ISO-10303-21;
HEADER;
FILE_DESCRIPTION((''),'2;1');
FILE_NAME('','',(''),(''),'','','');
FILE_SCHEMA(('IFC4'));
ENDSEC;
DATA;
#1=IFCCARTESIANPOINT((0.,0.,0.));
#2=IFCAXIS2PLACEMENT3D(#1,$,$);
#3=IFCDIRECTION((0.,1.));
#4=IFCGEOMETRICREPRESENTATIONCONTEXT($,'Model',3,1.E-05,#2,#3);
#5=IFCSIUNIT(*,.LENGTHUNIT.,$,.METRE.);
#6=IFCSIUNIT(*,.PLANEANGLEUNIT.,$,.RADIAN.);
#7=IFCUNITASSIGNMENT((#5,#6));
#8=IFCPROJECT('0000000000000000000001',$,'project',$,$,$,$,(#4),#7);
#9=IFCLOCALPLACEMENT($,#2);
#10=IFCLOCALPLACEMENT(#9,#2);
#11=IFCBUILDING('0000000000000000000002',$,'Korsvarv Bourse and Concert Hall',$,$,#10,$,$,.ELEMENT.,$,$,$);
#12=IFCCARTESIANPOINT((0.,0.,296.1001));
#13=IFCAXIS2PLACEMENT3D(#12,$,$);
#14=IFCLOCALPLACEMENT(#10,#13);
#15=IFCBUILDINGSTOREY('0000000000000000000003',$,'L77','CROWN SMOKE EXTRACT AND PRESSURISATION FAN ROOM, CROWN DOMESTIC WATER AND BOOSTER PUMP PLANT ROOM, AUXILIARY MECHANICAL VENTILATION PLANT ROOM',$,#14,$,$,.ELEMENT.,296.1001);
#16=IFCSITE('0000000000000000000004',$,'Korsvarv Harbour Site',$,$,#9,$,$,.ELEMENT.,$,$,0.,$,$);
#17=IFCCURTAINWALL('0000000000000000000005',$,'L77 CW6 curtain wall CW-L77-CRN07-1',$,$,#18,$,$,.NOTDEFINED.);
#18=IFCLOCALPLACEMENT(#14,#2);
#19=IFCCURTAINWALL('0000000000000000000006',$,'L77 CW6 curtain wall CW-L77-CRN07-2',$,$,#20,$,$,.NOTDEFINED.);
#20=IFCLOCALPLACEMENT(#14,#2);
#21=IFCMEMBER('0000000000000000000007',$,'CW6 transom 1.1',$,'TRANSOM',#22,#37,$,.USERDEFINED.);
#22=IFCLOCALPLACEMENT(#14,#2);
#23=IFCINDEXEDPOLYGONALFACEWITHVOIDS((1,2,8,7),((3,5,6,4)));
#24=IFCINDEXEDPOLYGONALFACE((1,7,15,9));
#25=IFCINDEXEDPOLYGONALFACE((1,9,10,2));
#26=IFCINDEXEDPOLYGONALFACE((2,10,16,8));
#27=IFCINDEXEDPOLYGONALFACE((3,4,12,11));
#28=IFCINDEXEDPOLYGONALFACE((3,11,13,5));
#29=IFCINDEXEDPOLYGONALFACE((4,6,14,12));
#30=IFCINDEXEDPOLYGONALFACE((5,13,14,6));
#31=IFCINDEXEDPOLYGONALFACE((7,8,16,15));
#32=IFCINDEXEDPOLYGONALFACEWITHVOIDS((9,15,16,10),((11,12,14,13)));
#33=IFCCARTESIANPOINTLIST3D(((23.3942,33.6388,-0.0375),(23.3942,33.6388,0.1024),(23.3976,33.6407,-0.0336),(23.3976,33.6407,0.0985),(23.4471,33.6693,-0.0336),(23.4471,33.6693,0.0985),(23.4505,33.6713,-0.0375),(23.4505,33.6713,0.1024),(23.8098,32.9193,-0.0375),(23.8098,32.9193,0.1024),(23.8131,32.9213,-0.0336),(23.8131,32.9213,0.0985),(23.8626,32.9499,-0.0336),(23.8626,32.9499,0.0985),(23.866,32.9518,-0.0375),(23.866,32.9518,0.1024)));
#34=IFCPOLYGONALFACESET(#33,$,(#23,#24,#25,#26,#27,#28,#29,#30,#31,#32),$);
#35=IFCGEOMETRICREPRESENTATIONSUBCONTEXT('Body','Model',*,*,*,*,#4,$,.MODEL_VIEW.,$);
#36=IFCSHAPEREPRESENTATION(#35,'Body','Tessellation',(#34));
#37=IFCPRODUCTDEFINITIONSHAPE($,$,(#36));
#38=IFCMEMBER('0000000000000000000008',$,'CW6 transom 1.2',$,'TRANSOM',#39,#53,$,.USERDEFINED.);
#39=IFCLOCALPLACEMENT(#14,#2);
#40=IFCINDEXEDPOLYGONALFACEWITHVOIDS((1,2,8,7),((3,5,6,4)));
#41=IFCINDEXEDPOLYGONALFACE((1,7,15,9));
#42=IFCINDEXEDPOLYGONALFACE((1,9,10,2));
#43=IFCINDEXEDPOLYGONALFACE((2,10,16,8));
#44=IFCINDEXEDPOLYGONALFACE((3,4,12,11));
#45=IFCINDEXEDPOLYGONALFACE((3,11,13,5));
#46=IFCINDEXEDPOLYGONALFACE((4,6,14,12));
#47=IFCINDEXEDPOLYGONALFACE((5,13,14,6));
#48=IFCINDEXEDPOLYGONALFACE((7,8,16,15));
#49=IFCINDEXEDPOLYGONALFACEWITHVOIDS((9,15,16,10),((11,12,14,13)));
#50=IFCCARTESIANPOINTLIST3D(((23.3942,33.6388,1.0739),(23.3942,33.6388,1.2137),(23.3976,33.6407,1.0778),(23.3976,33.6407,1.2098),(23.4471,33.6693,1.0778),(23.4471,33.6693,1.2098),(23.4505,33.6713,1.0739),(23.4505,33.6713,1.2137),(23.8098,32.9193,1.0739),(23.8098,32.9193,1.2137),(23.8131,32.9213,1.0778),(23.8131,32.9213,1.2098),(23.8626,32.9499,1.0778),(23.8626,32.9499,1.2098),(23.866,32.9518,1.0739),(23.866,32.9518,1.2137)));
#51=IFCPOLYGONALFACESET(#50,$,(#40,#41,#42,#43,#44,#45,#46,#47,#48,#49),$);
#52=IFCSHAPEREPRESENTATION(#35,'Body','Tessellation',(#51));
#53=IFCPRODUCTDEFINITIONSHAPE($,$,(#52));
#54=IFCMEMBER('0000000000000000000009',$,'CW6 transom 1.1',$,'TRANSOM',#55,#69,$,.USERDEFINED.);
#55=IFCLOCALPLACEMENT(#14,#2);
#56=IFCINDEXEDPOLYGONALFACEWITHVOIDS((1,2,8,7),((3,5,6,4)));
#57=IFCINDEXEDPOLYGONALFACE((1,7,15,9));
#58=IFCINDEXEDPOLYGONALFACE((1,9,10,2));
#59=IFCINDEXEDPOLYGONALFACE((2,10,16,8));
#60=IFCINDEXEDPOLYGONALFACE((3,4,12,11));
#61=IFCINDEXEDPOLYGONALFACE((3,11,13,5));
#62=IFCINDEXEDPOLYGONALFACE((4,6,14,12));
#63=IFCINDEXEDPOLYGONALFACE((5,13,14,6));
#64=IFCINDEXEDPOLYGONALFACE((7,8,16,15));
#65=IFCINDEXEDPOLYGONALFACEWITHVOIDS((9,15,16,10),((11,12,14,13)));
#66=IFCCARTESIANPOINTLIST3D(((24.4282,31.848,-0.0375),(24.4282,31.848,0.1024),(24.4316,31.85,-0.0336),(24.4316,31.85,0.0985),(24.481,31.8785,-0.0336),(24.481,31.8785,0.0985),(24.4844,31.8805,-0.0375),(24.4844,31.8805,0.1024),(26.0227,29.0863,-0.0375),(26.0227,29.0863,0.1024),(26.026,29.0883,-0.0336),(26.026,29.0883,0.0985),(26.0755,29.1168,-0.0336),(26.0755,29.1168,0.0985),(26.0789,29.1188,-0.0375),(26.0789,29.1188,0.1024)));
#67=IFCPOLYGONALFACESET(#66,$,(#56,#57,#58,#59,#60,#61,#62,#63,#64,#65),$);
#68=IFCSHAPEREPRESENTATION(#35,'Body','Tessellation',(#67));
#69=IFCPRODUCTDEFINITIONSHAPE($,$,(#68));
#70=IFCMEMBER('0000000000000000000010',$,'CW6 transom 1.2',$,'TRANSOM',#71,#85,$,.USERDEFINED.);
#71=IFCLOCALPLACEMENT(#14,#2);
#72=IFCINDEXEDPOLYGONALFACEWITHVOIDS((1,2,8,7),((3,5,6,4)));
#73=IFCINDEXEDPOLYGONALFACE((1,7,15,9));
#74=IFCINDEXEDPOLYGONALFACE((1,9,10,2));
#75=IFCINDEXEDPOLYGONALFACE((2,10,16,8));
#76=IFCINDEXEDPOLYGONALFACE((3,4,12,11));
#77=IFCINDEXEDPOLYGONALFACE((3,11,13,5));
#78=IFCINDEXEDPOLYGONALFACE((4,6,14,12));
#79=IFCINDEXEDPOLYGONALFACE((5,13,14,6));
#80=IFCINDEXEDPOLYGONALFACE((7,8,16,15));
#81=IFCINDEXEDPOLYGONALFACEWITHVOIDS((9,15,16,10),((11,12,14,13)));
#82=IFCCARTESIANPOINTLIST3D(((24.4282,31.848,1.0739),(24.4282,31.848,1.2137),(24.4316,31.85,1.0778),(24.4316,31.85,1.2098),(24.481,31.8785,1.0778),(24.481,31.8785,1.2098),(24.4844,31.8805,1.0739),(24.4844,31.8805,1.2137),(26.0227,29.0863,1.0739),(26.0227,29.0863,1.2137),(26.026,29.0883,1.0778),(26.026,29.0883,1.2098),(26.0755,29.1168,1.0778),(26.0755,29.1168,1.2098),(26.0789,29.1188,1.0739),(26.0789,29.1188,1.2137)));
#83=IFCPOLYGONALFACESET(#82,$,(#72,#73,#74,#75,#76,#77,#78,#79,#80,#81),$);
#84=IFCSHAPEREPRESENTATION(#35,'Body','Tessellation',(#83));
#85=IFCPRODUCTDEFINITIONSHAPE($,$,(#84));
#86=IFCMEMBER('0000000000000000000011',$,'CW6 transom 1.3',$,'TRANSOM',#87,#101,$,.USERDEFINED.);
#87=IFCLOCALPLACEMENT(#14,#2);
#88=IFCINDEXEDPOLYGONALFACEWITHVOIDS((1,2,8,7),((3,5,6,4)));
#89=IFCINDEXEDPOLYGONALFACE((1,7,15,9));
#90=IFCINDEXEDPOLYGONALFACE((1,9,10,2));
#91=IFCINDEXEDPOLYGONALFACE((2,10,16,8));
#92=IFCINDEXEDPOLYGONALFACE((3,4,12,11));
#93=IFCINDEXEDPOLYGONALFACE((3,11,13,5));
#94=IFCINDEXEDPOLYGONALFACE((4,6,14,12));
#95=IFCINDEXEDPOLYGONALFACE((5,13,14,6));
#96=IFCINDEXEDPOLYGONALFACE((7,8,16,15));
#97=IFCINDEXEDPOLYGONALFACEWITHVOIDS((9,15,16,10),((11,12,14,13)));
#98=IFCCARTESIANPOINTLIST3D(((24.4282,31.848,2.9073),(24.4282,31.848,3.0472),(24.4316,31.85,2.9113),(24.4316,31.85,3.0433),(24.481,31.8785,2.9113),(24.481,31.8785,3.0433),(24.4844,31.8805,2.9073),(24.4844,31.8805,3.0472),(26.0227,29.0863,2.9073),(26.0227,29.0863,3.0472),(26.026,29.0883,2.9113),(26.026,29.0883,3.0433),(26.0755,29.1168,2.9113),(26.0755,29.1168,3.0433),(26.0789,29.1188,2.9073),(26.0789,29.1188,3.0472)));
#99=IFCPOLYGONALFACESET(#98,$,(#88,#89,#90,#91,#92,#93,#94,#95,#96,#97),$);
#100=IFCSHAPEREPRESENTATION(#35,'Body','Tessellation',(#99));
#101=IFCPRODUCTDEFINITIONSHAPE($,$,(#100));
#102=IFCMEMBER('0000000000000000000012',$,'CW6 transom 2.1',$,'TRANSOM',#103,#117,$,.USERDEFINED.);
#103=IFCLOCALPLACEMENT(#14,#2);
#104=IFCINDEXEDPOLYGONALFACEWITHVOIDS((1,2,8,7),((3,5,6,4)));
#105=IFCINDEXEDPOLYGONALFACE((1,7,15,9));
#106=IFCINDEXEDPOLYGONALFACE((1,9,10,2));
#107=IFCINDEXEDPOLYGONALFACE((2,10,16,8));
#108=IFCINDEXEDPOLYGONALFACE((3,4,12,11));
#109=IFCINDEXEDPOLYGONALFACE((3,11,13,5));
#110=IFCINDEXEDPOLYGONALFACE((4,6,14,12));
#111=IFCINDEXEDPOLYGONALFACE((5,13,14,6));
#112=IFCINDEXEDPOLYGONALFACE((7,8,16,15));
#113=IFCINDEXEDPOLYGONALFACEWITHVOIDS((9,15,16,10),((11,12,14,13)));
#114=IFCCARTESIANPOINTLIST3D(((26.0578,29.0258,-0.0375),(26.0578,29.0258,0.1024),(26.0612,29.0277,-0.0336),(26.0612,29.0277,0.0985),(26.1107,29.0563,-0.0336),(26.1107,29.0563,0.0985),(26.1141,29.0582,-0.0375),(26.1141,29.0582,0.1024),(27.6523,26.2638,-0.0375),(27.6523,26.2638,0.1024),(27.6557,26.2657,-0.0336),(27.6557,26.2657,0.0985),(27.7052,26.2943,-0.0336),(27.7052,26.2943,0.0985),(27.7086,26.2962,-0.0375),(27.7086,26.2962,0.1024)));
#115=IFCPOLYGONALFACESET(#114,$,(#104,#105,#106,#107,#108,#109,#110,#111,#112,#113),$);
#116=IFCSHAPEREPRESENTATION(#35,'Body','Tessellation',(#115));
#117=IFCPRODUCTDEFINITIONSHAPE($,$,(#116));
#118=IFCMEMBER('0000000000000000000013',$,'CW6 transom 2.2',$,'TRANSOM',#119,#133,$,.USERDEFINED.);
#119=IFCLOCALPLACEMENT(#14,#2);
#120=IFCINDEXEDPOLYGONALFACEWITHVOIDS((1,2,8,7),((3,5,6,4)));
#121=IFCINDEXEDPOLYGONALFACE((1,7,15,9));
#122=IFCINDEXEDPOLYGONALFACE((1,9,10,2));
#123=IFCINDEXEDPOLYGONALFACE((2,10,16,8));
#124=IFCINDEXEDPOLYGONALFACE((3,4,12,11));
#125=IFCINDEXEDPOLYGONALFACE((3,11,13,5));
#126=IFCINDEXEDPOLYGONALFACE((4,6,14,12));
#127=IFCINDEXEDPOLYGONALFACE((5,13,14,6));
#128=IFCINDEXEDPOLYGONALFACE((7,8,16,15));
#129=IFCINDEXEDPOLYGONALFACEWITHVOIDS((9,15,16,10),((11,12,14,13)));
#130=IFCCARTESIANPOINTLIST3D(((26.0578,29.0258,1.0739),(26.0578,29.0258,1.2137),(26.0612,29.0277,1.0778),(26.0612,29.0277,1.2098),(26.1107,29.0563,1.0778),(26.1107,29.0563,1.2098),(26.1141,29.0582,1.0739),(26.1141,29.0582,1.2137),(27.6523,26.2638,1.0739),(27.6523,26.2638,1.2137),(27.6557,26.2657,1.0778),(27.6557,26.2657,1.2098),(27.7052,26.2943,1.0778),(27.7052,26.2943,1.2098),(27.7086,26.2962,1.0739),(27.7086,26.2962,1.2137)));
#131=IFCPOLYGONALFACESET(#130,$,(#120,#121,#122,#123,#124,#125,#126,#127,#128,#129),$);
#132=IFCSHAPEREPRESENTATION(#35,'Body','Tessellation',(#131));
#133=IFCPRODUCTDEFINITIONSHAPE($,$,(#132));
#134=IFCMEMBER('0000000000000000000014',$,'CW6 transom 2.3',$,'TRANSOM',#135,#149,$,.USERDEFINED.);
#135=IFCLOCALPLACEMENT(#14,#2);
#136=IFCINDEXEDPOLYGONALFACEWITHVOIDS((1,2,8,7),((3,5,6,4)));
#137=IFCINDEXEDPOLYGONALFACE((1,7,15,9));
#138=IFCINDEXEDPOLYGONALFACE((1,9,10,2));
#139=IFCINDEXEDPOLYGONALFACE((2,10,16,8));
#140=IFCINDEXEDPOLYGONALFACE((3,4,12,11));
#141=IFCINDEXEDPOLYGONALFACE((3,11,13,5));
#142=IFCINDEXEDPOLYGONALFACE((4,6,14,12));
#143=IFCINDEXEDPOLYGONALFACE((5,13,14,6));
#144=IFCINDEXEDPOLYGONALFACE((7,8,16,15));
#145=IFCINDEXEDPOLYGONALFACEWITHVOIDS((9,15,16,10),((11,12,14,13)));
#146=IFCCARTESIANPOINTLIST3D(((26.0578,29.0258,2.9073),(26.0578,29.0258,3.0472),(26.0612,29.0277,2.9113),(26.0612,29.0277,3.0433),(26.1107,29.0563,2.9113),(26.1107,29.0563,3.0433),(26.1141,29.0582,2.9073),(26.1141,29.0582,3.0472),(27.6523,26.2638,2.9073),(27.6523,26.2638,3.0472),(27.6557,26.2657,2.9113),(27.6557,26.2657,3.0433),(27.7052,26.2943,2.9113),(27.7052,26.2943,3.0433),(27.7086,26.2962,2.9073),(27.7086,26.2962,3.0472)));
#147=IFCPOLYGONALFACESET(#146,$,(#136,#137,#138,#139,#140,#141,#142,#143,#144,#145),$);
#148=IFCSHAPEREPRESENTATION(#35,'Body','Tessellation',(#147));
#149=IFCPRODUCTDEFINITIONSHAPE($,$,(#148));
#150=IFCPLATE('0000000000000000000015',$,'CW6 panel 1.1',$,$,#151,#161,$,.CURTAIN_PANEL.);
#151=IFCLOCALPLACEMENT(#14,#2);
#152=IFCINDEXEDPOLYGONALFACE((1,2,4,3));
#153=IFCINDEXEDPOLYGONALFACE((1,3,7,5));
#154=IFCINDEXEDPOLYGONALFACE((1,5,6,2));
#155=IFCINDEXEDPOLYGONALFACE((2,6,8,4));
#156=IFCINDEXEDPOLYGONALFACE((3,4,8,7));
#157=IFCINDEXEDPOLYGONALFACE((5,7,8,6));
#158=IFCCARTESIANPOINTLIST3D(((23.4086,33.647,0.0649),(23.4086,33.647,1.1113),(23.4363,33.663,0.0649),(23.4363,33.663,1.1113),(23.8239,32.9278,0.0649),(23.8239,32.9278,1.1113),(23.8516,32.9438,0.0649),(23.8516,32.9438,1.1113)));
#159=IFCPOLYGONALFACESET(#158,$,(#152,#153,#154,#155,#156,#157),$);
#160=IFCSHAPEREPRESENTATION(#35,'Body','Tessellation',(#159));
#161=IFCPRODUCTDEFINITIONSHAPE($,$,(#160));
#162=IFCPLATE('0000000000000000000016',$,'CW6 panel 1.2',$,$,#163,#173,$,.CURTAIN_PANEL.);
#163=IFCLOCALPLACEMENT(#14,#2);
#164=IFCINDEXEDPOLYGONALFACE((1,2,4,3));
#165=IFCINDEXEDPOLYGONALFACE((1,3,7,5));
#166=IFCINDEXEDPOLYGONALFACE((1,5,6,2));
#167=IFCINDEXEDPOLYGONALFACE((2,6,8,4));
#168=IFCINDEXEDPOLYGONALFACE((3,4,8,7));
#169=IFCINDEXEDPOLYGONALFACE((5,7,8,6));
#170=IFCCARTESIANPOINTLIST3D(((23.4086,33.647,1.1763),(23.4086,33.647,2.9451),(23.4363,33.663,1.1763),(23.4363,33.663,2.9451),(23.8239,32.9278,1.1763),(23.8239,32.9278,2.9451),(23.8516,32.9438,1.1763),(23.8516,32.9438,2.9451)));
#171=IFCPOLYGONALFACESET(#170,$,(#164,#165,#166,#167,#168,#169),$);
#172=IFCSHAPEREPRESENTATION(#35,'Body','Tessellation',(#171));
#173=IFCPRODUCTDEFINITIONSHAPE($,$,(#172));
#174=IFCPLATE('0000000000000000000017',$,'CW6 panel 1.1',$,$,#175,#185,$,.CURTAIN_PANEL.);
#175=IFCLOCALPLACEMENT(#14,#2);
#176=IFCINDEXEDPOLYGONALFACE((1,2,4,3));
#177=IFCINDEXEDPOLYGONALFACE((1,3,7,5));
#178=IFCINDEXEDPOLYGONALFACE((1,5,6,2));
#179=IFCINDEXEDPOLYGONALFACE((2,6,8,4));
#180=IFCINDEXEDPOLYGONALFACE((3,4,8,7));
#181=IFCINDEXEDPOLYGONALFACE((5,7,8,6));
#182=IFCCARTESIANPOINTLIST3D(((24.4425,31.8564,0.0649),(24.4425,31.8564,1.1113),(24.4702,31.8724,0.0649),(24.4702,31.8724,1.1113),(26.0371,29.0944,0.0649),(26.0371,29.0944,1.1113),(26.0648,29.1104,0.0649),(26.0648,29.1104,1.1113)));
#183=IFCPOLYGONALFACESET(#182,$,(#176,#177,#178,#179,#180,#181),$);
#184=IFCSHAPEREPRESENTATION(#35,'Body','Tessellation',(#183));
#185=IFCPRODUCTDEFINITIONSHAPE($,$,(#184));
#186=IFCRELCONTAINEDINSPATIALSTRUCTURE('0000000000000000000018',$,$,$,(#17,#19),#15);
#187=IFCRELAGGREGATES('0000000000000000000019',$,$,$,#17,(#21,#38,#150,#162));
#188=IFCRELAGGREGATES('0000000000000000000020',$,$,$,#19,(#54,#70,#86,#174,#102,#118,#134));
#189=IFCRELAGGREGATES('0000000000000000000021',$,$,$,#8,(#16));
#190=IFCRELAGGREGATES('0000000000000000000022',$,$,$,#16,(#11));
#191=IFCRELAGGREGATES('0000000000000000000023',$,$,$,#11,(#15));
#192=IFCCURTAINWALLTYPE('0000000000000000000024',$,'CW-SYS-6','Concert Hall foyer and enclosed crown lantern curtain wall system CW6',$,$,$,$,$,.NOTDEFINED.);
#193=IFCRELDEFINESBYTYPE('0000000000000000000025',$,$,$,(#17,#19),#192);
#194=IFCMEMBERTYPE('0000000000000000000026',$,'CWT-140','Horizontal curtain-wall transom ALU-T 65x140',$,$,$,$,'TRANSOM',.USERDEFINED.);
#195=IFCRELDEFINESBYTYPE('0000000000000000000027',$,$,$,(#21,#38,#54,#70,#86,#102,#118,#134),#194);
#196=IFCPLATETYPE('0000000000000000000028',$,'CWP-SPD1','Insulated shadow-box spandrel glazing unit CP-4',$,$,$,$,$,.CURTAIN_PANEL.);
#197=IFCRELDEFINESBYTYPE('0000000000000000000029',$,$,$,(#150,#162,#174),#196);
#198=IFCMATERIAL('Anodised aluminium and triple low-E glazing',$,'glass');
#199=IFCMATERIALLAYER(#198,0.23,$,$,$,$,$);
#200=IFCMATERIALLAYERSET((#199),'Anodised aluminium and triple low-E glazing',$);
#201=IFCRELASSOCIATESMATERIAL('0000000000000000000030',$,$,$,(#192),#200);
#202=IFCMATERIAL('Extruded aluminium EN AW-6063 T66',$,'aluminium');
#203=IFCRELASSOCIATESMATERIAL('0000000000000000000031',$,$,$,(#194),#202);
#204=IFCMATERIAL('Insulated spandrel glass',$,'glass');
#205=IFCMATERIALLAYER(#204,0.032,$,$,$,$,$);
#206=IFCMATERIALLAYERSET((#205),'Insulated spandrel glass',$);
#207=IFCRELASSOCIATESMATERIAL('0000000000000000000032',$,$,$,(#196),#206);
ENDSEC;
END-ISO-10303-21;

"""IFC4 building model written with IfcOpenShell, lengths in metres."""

from ifc_helpers import new_model, si_unit, direction, frame, origin, origin_2d, place, context, subcontext, project, spatial, rectangle, hollow_rectangle, extrude, source, transform, mapped, material, layer, layer_set, material_profile, profile_set, type_object, element, aggregate, save


model = new_model("IFC4")

# Units and contexts
model_context = context("Model", 3, precision=1e-05, world=origin(), true_north=direction((0.0, 1.0)))
body_context = subcontext(model_context, "Body", "Model", "MODEL_VIEW")
ifc_project = project(units=[si_unit("LENGTHUNIT", "METRE"), si_unit("PLANEANGLEUNIT", "RADIAN")], contexts=[model_context])

# Site, building, storey
site_placement = place(None, origin())
site = spatial("IfcSite", under=ifc_project, at=site_placement, Name="Korsvarv Harbour Site", CompositionType="ELEMENT", RefElevation=0.0)
building_placement = place(site_placement, origin())
building = spatial("IfcBuilding", under=site, at=building_placement, Name="Korsvarv Bourse and Concert Hall", CompositionType="ELEMENT")
storey_placement = place(building_placement, frame((0.0, 0.0, 296.1001)))
storey = spatial("IfcBuildingStorey", under=building, at=storey_placement, Name="L77", Description="CROWN SMOKE EXTRACT AND PRESSURISATION FAN ROOM, CROWN DOMESTIC WATER AND BOOSTER PUMP PLANT ROOM, AUXILIARY MECHANICAL VENTILATION PLANT ROOM", CompositionType="ELEMENT", Elevation=296.1001)

# Curtain wall
ifc_material_1 = material(Name="Anodised aluminium and triple low-E glazing", Category="glass")
ifc_layer_1 = layer(ifc_material_1, 0.23)
ifc_layer_set_1 = layer_set([ifc_layer_1], Name="Anodised aluminium and triple low-E glazing")
curtain_wall_type = type_object("IfcCurtainWallType", Name="CW-SYS-6", Description="Concert Hall foyer and enclosed crown lantern curtain wall system CW6", PredefinedType="NOTDEFINED", material=ifc_layer_set_1)
curtain_wall_1_placement = place(storey_placement, origin())
curtain_wall_1 = element("IfcCurtainWall", 1, at=curtain_wall_1_placement, inside=storey, type_object=curtain_wall_type, Name="L77 CW6 curtain wall CW-L77-CRN07-1", PredefinedType="NOTDEFINED")
ifc_material_2 = material(Name="Extruded aluminium EN AW-6063 T66", Category="aluminium")

# Curtain wall
curtain_wall_2_placement = place(storey_placement, origin())
curtain_wall_2 = element("IfcCurtainWall", 2, at=curtain_wall_2_placement, inside=storey, type_object=curtain_wall_type, Name="L77 CW6 curtain wall CW-L77-CRN07-2", PredefinedType="NOTDEFINED")

# Members
ifc_material_profile_1 = material_profile(ifc_material_2, hollow_rectangle(XDim=0.0649, YDim=0.1399, WallThickness=0.0039, at=origin_2d()), Name="ALU-T 65x140")
ifc_profile_set_1 = profile_set([ifc_material_profile_1], Name="Extruded aluminium EN AW-6063 T66")
member_type_1 = type_object("IfcMemberType", Name="CWT-140", Description="Horizontal curtain-wall transom ALU-T 65x140", ElementType="TRANSOM", PredefinedType="USERDEFINED", material=ifc_profile_set_1)
shared_shape_1 = source(origin(), body_context, "Body", "SweptSolid", [
    extrude(hollow_rectangle(XDim=0.0649, YDim=0.1399, WallThickness=0.0039, at=origin_2d()), origin(), (0.0, 0.0, 1.0), 0.8308),
])
member_1_placement = place(storey_placement, frame((23.4224, 33.655, 0.0325), z_axis=(0.500121, -0.865956, 0.0), x_axis=(0.865956, 0.500121, 0.0)))
member_1 = element("IfcMember", 3, at=member_1_placement, type_object=member_type_1, Name="CW6 transom 1.1", ObjectType="TRANSOM", PredefinedType="USERDEFINED", context=body_context, shape_type="MappedRepresentation", body=[
    mapped(shared_shape_1, transform((0.0, 0.0, 0.0), scale=1.0)),
])
member_2_placement = place(storey_placement, frame((23.4224, 33.655, 1.1438), z_axis=(0.500121, -0.865956, 0.0), x_axis=(0.865956, 0.500121, 0.0)))
member_2 = element("IfcMember", 4, at=member_2_placement, type_object=member_type_1, Name="CW6 transom 1.2", ObjectType="TRANSOM", PredefinedType="USERDEFINED", context=body_context, shape_type="MappedRepresentation", body=[
    mapped(shared_shape_1, transform((0.0, 0.0, 0.0), scale=1.0)),
])
shared_shape_2 = source(origin(), body_context, "Body", "SweptSolid", [
    extrude(hollow_rectangle(XDim=0.0649, YDim=0.1399, WallThickness=0.0039, at=origin_2d()), origin(), (0.0, 0.0, 1.0), 3.189),
])
member_3_placement = place(storey_placement, frame((24.4563, 31.8643, 0.0325), z_axis=(0.500001, -0.866025, 0.0), x_axis=(0.866025, 0.500001, 0.0)))
member_3 = element("IfcMember", 5, at=member_3_placement, type_object=member_type_1, Name="CW6 transom 1.1", ObjectType="TRANSOM", PredefinedType="USERDEFINED", context=body_context, shape_type="MappedRepresentation", body=[
    mapped(shared_shape_2, transform((0.0, 0.0, 0.0), scale=1.0)),
])
member_4_placement = place(storey_placement, frame((24.4563, 31.8643, 1.1438), z_axis=(0.500001, -0.866025, 0.0), x_axis=(0.866025, 0.500001, 0.0)))
member_4 = element("IfcMember", 6, at=member_4_placement, type_object=member_type_1, Name="CW6 transom 1.2", ObjectType="TRANSOM", PredefinedType="USERDEFINED", context=body_context, shape_type="MappedRepresentation", body=[
    mapped(shared_shape_2, transform((0.0, 0.0, 0.0), scale=1.0)),
])
member_5_placement = place(storey_placement, frame((24.4563, 31.8643, 2.9773), z_axis=(0.500001, -0.866025, 0.0), x_axis=(0.866025, 0.500001, 0.0)))
member_5 = element("IfcMember", 7, at=member_5_placement, type_object=member_type_1, Name="CW6 transom 1.3", ObjectType="TRANSOM", PredefinedType="USERDEFINED", context=body_context, shape_type="MappedRepresentation", body=[
    mapped(shared_shape_2, transform((0.0, 0.0, 0.0), scale=1.0)),
])
shared_shape_3 = source(origin(), body_context, "Body", "SweptSolid", [
    extrude(hollow_rectangle(XDim=0.0649, YDim=0.1399, WallThickness=0.0039, at=origin_2d()), origin(), (0.0, 0.0, 1.0), 3.1892),
])
member_6_placement = place(storey_placement, frame((26.0859, 29.042, 0.0325), z_axis=(0.499968, -0.866044, 0.0), x_axis=(0.866044, 0.499968, 0.0)))
member_6 = element("IfcMember", 8, at=member_6_placement, type_object=member_type_1, Name="CW6 transom 2.1", ObjectType="TRANSOM", PredefinedType="USERDEFINED", context=body_context, shape_type="MappedRepresentation", body=[
    mapped(shared_shape_3, transform((0.0, 0.0, 0.0), scale=1.0)),
])
member_7_placement = place(storey_placement, frame((26.0859, 29.042, 1.1438), z_axis=(0.499968, -0.866044, 0.0), x_axis=(0.866044, 0.499968, 0.0)))
member_7 = element("IfcMember", 9, at=member_7_placement, type_object=member_type_1, Name="CW6 transom 2.2", ObjectType="TRANSOM", PredefinedType="USERDEFINED", context=body_context, shape_type="MappedRepresentation", body=[
    mapped(shared_shape_3, transform((0.0, 0.0, 0.0), scale=1.0)),
])
member_8_placement = place(storey_placement, frame((26.0859, 29.042, 2.9773), z_axis=(0.499968, -0.866044, 0.0), x_axis=(0.866044, 0.499968, 0.0)))
member_8 = element("IfcMember", 10, at=member_8_placement, type_object=member_type_1, Name="CW6 transom 2.3", ObjectType="TRANSOM", PredefinedType="USERDEFINED", context=body_context, shape_type="MappedRepresentation", body=[
    mapped(shared_shape_3, transform((0.0, 0.0, 0.0), scale=1.0)),
])

# Plates
ifc_material_3 = material(Name="Insulated spandrel glass", Category="glass")
ifc_layer_2 = layer(ifc_material_3, 0.032)
ifc_layer_set_2 = layer_set([ifc_layer_2], Name="Insulated spandrel glass")
plate_type = type_object("IfcPlateType", Name="CWP-SPD1", Description="Insulated shadow-box spandrel glazing unit CP-4", PredefinedType="CURTAIN_PANEL", material=ifc_layer_set_2)
shared_shape_4 = source(origin(), body_context, "Body", "SweptSolid", [
    extrude(rectangle(XDim=0.8306, YDim=0.032, at=origin_2d()), origin(), (0.0, 0.0, 1.0), 1.0464),
])
plate_1_placement = place(storey_placement, frame((23.6301, 33.2954, 0.0649), z_axis=(0.0, 0.0, 1.0), x_axis=(0.500061, -0.86599, 0.0)))
plate_1 = element("IfcPlate", 11, at=plate_1_placement, type_object=plate_type, Name="CW6 panel 1.1", PredefinedType="CURTAIN_PANEL", context=body_context, shape_type="MappedRepresentation", body=[
    mapped(shared_shape_4, transform((0.0, 0.0, 0.0), scale=1.0)),
])
shared_shape_5 = source(origin(), body_context, "Body", "SweptSolid", [
    extrude(rectangle(XDim=0.8306, YDim=0.032, at=origin_2d()), origin(), (0.0, 0.0, 1.0), 1.7688),
])
plate_2_placement = place(storey_placement, frame((23.6301, 33.2954, 1.1763), z_axis=(0.0, 0.0, 1.0), x_axis=(0.500061, -0.86599, 0.0)))
plate_2 = element("IfcPlate", 12, at=plate_2_placement, type_object=plate_type, Name="CW6 panel 1.2", PredefinedType="CURTAIN_PANEL", context=body_context, shape_type="MappedRepresentation", body=[
    mapped(shared_shape_5, transform((0.0, 0.0, 0.0), scale=1.0)),
])
aggregate(curtain_wall_1, [member_1, member_2, plate_1, plate_2])
shared_shape_6 = source(origin(), body_context, "Body", "SweptSolid", [
    extrude(rectangle(XDim=3.1892, YDim=0.032, at=origin_2d()), origin(), (0.0, 0.0, 1.0), 1.0464),
])
plate_3_placement = place(storey_placement, frame((25.2537, 30.4834, 0.0649), z_axis=(0.0, 0.0, 1.0), x_axis=(0.500008, -0.866021, 0.0)))
plate_3 = element("IfcPlate", 13, at=plate_3_placement, type_object=plate_type, Name="CW6 panel 1.1", PredefinedType="CURTAIN_PANEL", context=body_context, shape_type="MappedRepresentation", body=[
    mapped(shared_shape_6, transform((0.0, 0.0, 0.0), scale=1.0)),
])
aggregate(curtain_wall_2, [member_3, member_4, member_5, plate_3, member_6, member_7, member_8])

save(model, "model.ifc")
